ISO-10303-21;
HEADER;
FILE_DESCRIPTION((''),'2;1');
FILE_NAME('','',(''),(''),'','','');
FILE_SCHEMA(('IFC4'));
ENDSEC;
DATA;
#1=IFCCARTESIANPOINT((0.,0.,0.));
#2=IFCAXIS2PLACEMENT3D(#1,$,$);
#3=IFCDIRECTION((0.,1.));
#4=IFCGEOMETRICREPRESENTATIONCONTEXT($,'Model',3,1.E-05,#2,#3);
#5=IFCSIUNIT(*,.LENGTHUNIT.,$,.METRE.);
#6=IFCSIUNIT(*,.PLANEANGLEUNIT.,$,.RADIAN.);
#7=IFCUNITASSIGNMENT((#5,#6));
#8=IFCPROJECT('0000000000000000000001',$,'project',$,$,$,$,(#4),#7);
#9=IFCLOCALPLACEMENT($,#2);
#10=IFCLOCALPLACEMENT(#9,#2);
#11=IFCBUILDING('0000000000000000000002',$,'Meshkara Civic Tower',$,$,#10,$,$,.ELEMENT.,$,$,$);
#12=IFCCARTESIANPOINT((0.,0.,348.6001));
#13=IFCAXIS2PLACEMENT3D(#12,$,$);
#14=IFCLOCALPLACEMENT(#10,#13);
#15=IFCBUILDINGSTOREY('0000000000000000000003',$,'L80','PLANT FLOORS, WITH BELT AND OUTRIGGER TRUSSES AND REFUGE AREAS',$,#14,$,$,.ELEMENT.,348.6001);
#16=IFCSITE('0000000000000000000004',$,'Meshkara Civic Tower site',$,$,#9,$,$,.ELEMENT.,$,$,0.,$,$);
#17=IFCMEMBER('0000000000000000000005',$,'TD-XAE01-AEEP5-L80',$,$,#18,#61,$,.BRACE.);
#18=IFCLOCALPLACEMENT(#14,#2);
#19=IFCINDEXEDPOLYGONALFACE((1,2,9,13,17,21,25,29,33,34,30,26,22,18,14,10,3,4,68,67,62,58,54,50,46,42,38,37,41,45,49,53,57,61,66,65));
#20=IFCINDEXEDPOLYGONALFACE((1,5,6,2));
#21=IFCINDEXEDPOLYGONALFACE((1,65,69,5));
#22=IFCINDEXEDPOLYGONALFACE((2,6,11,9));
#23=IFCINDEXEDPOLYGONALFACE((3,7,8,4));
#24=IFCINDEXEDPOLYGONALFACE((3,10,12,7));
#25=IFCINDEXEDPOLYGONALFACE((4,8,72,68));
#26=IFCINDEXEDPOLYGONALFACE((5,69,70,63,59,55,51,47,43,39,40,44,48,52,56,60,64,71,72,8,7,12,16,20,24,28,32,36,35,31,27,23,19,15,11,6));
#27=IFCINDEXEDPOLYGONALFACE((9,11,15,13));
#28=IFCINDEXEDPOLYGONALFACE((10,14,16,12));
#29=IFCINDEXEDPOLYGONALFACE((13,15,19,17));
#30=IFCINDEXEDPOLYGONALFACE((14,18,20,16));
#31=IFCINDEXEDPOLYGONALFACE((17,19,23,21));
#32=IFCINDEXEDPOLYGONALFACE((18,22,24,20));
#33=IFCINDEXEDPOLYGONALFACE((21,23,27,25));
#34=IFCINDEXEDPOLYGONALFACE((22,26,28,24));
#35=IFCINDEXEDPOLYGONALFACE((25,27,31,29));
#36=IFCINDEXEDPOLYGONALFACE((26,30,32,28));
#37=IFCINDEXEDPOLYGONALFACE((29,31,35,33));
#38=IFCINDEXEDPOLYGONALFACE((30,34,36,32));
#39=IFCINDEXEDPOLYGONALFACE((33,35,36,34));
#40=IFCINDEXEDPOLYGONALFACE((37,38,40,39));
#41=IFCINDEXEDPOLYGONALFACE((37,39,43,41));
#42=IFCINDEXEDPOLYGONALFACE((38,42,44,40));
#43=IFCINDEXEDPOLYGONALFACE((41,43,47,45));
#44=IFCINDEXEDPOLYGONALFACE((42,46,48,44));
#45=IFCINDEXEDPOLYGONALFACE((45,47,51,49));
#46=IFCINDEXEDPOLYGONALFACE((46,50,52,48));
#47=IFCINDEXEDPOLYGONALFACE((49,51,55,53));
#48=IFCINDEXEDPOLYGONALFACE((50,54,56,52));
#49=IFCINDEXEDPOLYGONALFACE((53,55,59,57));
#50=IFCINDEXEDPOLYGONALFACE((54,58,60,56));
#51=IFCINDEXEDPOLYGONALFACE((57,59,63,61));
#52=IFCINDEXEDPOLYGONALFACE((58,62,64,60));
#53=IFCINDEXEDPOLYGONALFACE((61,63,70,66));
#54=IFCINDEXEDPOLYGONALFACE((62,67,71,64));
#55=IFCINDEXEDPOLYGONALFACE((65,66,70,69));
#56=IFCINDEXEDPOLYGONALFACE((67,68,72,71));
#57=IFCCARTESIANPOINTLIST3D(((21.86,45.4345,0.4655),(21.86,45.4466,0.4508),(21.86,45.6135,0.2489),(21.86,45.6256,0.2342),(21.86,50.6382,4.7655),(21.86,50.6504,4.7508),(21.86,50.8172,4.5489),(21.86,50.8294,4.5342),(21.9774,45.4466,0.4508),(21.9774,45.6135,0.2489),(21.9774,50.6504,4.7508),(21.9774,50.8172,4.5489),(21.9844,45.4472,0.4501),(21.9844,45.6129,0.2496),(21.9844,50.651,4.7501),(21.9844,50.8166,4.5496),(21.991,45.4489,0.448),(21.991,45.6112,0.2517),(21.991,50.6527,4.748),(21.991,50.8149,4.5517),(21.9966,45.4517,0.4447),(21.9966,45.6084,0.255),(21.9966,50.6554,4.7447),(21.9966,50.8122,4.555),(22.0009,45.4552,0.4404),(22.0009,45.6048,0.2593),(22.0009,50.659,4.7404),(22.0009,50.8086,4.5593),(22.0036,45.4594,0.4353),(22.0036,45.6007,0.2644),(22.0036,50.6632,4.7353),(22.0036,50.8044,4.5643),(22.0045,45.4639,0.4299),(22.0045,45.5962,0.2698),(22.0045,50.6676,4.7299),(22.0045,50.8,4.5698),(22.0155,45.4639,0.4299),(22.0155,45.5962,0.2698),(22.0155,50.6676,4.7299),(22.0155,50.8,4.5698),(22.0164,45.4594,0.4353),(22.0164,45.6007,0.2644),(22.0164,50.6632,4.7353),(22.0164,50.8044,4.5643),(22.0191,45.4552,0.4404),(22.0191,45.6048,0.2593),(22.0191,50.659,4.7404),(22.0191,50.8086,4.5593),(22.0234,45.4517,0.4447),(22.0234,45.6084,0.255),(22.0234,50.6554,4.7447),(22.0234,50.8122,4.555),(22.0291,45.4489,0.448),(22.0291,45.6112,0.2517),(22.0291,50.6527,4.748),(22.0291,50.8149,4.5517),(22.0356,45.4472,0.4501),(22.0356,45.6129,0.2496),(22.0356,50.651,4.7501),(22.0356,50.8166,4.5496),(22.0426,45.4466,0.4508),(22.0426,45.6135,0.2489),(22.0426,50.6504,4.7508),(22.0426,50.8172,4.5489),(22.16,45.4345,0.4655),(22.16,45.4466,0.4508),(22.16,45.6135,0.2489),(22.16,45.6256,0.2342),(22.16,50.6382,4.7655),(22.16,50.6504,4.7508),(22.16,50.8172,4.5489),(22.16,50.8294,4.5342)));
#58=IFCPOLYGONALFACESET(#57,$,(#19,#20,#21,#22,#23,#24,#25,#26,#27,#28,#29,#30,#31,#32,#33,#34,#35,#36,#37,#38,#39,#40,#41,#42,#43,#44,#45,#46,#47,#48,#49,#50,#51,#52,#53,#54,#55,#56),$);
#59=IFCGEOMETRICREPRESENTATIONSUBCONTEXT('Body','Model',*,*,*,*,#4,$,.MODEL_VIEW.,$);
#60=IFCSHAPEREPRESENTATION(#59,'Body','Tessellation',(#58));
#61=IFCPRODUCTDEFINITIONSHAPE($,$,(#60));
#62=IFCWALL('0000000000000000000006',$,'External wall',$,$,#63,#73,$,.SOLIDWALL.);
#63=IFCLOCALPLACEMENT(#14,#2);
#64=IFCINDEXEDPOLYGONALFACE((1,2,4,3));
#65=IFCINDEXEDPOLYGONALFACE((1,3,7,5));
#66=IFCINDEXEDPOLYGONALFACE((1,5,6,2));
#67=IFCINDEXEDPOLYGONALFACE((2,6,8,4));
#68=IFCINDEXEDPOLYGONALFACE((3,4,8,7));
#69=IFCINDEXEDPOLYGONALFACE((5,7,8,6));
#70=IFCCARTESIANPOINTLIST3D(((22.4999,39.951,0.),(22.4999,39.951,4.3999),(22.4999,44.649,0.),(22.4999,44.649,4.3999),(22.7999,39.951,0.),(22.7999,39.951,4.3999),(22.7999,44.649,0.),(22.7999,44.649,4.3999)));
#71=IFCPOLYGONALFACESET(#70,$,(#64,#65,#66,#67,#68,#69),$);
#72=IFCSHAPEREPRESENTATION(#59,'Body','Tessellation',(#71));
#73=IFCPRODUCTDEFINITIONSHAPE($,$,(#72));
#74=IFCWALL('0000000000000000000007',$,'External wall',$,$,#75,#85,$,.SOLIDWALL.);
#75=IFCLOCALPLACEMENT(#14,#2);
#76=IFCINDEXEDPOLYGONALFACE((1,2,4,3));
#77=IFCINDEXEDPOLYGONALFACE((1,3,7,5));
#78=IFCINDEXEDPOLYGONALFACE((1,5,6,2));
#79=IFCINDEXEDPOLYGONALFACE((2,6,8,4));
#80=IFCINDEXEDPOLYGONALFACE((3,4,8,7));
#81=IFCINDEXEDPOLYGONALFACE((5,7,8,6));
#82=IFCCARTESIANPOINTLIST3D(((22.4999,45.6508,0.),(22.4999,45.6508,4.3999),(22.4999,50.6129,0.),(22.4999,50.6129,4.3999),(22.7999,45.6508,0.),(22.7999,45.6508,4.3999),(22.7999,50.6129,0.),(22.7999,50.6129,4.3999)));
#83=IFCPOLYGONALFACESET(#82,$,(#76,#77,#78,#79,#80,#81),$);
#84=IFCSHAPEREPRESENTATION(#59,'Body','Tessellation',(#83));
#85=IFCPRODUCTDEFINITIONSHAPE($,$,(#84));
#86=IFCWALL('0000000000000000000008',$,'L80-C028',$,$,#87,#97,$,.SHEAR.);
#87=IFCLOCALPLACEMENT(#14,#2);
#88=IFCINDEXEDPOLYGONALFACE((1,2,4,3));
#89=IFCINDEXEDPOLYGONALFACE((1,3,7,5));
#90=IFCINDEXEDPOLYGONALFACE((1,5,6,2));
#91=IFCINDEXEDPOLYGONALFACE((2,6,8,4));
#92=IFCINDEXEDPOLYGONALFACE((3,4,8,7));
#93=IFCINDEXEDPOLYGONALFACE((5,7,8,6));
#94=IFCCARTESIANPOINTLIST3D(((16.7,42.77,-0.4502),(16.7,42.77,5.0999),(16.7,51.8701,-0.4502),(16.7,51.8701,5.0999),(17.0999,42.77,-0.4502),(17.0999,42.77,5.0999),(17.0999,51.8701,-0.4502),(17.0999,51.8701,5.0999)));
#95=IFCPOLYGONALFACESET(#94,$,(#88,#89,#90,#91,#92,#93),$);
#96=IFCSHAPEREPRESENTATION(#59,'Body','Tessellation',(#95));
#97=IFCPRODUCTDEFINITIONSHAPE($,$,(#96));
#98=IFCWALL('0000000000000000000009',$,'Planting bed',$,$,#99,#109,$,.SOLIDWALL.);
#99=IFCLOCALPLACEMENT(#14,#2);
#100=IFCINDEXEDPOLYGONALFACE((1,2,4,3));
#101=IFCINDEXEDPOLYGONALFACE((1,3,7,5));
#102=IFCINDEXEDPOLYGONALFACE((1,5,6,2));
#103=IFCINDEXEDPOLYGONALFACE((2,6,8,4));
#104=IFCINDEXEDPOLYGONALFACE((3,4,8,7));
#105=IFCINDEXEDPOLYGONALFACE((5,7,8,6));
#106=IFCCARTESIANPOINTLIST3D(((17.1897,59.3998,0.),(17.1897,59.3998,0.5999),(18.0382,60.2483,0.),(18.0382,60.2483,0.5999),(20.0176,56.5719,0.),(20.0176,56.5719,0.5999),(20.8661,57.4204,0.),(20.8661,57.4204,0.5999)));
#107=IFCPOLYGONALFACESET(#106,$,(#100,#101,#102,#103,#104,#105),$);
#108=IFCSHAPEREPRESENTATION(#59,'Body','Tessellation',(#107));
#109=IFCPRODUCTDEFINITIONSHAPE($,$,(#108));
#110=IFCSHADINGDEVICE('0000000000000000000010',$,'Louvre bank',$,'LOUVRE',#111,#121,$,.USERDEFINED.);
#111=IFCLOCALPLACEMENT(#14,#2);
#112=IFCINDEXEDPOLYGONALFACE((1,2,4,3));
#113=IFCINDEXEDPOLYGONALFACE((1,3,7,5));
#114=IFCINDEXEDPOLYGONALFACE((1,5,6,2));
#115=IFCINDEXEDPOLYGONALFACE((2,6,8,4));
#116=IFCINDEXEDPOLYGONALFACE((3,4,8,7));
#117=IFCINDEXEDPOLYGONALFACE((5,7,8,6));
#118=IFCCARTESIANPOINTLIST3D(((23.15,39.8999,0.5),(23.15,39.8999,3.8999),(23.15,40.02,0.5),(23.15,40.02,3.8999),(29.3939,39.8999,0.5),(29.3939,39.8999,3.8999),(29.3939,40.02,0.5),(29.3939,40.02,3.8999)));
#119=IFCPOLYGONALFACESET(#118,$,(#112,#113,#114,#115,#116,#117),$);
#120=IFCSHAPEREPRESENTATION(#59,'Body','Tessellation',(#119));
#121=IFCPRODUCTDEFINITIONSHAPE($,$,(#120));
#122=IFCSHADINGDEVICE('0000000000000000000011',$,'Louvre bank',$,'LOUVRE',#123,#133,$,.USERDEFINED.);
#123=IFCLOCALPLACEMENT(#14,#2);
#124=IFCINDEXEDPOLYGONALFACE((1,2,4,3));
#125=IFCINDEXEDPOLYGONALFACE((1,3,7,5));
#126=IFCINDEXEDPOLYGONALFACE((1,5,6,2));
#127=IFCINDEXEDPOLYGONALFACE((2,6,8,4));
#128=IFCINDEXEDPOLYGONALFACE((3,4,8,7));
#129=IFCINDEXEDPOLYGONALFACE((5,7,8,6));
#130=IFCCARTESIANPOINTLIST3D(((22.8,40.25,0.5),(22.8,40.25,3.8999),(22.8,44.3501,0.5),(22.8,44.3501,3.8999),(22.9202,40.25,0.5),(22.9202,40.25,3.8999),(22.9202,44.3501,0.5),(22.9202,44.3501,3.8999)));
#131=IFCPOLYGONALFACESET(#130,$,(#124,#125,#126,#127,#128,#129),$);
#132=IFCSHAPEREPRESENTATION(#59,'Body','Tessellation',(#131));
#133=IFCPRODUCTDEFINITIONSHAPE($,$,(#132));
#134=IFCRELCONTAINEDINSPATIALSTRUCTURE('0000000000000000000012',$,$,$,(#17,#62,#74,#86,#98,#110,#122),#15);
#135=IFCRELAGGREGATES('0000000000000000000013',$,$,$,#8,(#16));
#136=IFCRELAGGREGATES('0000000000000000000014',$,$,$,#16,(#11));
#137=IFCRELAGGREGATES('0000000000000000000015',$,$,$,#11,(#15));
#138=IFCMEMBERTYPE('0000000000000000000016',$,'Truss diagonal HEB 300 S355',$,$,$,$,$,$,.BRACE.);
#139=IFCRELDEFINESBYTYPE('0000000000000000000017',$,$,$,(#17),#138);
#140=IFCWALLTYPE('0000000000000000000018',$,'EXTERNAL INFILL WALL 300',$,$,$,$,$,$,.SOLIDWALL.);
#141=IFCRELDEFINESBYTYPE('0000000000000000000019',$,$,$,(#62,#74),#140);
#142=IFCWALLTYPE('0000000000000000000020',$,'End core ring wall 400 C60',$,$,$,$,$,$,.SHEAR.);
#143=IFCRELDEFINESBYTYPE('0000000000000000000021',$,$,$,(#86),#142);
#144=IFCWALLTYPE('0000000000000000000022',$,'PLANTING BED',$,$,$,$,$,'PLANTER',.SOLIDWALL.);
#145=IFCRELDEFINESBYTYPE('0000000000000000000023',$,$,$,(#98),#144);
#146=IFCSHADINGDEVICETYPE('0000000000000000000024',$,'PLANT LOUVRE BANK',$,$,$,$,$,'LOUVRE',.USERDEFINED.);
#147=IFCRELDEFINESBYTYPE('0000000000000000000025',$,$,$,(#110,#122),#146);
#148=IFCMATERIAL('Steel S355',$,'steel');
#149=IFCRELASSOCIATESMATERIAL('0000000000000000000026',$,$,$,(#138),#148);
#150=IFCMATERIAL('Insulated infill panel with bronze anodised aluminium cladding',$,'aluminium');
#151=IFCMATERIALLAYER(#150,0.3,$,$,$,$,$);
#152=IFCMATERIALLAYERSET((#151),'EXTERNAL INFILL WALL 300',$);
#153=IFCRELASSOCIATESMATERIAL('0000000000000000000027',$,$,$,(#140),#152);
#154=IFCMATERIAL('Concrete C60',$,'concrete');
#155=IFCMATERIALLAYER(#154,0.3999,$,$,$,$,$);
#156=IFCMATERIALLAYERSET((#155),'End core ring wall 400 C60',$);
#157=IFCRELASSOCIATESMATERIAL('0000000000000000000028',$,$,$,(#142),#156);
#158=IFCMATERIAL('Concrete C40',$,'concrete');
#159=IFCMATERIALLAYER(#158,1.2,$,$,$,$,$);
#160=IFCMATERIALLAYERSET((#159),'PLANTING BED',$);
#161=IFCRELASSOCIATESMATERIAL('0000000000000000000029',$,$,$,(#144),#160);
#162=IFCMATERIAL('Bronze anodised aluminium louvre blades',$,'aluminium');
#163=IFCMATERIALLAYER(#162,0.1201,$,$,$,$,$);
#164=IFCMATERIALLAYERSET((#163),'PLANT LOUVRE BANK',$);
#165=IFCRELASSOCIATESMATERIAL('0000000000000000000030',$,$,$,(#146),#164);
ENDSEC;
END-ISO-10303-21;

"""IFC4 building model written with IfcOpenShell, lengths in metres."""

from ifc_helpers import new_model, si_unit, direction, frame, frame_2d, origin, origin_2d, place, context, subcontext, project, spatial, rectangle, i_section, extrude, material, layer, layer_set, material_profile, profile_set, type_object, element, save


model = new_model("IFC4")

# Units and contexts
model_context = context("Model", 3, precision=1e-05, world=origin(), true_north=direction((0.0, 1.0)))
body_context = subcontext(model_context, "Body", "Model", "MODEL_VIEW")
ifc_project = project(units=[si_unit("LENGTHUNIT", "METRE"), si_unit("PLANEANGLEUNIT", "RADIAN")], contexts=[model_context])

# Site, building, storey
site_placement = place(None, origin())
site = spatial("IfcSite", under=ifc_project, at=site_placement, Name="Meshkara Civic Tower site", CompositionType="ELEMENT", RefElevation=0.0)
building_placement = place(site_placement, origin())
building = spatial("IfcBuilding", under=site, at=building_placement, Name="Meshkara Civic Tower", CompositionType="ELEMENT")
storey_placement = place(building_placement, frame((0.0, 0.0, 348.6001)))
storey = spatial("IfcBuildingStorey", under=building, at=storey_placement, Name="L80", Description="PLANT FLOORS, WITH BELT AND OUTRIGGER TRUSSES AND REFUGE AREAS", CompositionType="ELEMENT", Elevation=348.6001)

# Member
ifc_material_1 = material(Name="Steel S355", Category="steel")
ifc_material_profile_1 = material_profile(ifc_material_1, i_section(OverallWidth=0.3, OverallDepth=0.3, WebThickness=0.011, FlangeThickness=0.019, FilletRadius=0.0271, at=origin_2d()))
ifc_profile_set_1 = profile_set([ifc_material_profile_1], Name="Steel S355")
member_type = type_object("IfcMemberType", Name="Truss diagonal HEB 300 S355", PredefinedType="BRACE", material=ifc_profile_set_1)
member_1_placement = place(storey_placement, frame((22.01, 45.53, 0.3499), z_axis=(0.0, 0.770874, 0.636988), x_axis=(-1.0, 0.0, 0.0)))
element("IfcMember", 1, at=member_1_placement, inside=storey, type_object=member_type, Name="TD-XAE01-AEEP5-L80", PredefinedType="BRACE", context=body_context, shape_type="SweptSolid", body=[
    extrude(i_section(OverallWidth=0.3, OverallDepth=0.3, WebThickness=0.011, FlangeThickness=0.019, FilletRadius=0.0271, at=origin_2d()), origin(), (0.0, 0.0, 1.0), 6.7505),
])

# Walls
ifc_material_2 = material(Name="Insulated infill panel with bronze anodised aluminium cladding", Category="aluminium")
ifc_layer_1 = layer(ifc_material_2, 0.3)
ifc_layer_set_1 = layer_set([ifc_layer_1], Name="EXTERNAL INFILL WALL 300")
wall_type_1 = type_object("IfcWallType", Name="EXTERNAL INFILL WALL 300", PredefinedType="SOLIDWALL", material=ifc_layer_set_1)
wall_1_placement = place(storey_placement, frame((22.6499, 39.9509, 0.0), z_axis=(0.0, 0.0, 1.0), x_axis=(0.0, 1.0, 0.0)))
element("IfcWall", 2, at=wall_1_placement, inside=storey, type_object=wall_type_1, Name="External wall", PredefinedType="SOLIDWALL", context=body_context, shape_type="SweptSolid", body=[
    extrude(rectangle(XDim=4.698, YDim=0.3, at=frame_2d((2.3491, 0.0))), origin(), (0.0, 0.0, 1.0), 4.3999),
])
wall_2_placement = place(storey_placement, frame((22.6499, 45.6509, 0.0), z_axis=(0.0, 0.0, 1.0), x_axis=(0.0, 1.0, 0.0)))
element("IfcWall", 3, at=wall_2_placement, inside=storey, type_object=wall_type_1, Name="External wall", PredefinedType="SOLIDWALL", context=body_context, shape_type="SweptSolid", body=[
    extrude(rectangle(XDim=4.9622, YDim=0.3, at=frame_2d((2.481, 0.0))), origin(), (0.0, 0.0, 1.0), 4.3999),
])

# Walls
ifc_material_3 = material(Name="Concrete C60", Category="concrete")
ifc_layer_2 = layer(ifc_material_3, 0.3999)
ifc_layer_set_2 = layer_set([ifc_layer_2], Name="End core ring wall 400 C60")
wall_type_2 = type_object("IfcWallType", Name="End core ring wall 400 C60", PredefinedType="SHEAR", material=ifc_layer_set_2)
wall_3_placement = place(storey_placement, frame((16.8999, 42.77, -0.4502), z_axis=(0.0, 0.0, 1.0), x_axis=(0.0, 1.0, 0.0)))
element("IfcWall", 4, at=wall_3_placement, inside=storey, type_object=wall_type_2, Name="L80-C028", PredefinedType="SHEAR", context=body_context, shape_type="SweptSolid", body=[
    extrude(rectangle(XDim=9.1001, YDim=0.3999, at=frame_2d((4.55, 0.0))), origin(), (0.0, 0.0, 1.0), 5.55),
])
ifc_material_4 = material(Name="Concrete C40", Category="concrete")
ifc_layer_3 = layer(ifc_material_4, 1.2)
ifc_layer_set_3 = layer_set([ifc_layer_3], Name="PLANTING BED")
wall_type_3 = type_object("IfcWallType", Name="PLANTING BED", ElementType="PLANTER", PredefinedType="SOLIDWALL", material=ifc_layer_set_3)
wall_4_placement = place(storey_placement, frame((17.614, 59.824, 0.0), z_axis=(0.0, 0.0, 1.0), x_axis=(0.707107, -0.707107, 0.0)))
element("IfcWall", 5, at=wall_4_placement, inside=storey, type_object=wall_type_3, Name="Planting bed", PredefinedType="SOLIDWALL", context=body_context, shape_type="SweptSolid", body=[
    extrude(rectangle(XDim=3.9993, YDim=1.2, at=frame_2d((1.9995, 0.0))), origin(), (0.0, 0.0, 1.0), 0.5999),
])

# Shading devices
ifc_material_5 = material(Name="Bronze anodised aluminium louvre blades", Category="aluminium")
ifc_layer_4 = layer(ifc_material_5, 0.1201)
ifc_layer_set_4 = layer_set([ifc_layer_4], Name="PLANT LOUVRE BANK")
shading_device_type = type_object("IfcShadingDeviceType", Name="PLANT LOUVRE BANK", ElementType="LOUVRE", PredefinedType="USERDEFINED", material=ifc_layer_set_4)
shading_device_1_placement = place(storey_placement, frame((26.272, 39.96, 0.5), z_axis=(0.0, 0.0, 1.0), x_axis=(-1.0, 0.0, 0.0)))
element("IfcShadingDevice", 6, at=shading_device_1_placement, inside=storey, type_object=shading_device_type, Name="Louvre bank", ObjectType="LOUVRE", PredefinedType="USERDEFINED", context=body_context, shape_type="SweptSolid", body=[
    extrude(rectangle(XDim=6.2439, YDim=0.1201, at=origin_2d()), origin(), (0.0, 0.0, 1.0), 3.3999),
])
shading_device_2_placement = place(storey_placement, frame((22.8601, 42.3, 0.5), z_axis=(0.0, 0.0, 1.0), x_axis=(0.0, 1.0, 0.0)))
element("IfcShadingDevice", 7, at=shading_device_2_placement, inside=storey, type_object=shading_device_type, Name="Louvre bank", ObjectType="LOUVRE", PredefinedType="USERDEFINED", context=body_context, shape_type="SweptSolid", body=[
    extrude(rectangle(XDim=4.1001, YDim=0.1201, at=origin_2d()), origin(), (0.0, 0.0, 1.0), 3.3999),
])

save(model, "model.ifc")
